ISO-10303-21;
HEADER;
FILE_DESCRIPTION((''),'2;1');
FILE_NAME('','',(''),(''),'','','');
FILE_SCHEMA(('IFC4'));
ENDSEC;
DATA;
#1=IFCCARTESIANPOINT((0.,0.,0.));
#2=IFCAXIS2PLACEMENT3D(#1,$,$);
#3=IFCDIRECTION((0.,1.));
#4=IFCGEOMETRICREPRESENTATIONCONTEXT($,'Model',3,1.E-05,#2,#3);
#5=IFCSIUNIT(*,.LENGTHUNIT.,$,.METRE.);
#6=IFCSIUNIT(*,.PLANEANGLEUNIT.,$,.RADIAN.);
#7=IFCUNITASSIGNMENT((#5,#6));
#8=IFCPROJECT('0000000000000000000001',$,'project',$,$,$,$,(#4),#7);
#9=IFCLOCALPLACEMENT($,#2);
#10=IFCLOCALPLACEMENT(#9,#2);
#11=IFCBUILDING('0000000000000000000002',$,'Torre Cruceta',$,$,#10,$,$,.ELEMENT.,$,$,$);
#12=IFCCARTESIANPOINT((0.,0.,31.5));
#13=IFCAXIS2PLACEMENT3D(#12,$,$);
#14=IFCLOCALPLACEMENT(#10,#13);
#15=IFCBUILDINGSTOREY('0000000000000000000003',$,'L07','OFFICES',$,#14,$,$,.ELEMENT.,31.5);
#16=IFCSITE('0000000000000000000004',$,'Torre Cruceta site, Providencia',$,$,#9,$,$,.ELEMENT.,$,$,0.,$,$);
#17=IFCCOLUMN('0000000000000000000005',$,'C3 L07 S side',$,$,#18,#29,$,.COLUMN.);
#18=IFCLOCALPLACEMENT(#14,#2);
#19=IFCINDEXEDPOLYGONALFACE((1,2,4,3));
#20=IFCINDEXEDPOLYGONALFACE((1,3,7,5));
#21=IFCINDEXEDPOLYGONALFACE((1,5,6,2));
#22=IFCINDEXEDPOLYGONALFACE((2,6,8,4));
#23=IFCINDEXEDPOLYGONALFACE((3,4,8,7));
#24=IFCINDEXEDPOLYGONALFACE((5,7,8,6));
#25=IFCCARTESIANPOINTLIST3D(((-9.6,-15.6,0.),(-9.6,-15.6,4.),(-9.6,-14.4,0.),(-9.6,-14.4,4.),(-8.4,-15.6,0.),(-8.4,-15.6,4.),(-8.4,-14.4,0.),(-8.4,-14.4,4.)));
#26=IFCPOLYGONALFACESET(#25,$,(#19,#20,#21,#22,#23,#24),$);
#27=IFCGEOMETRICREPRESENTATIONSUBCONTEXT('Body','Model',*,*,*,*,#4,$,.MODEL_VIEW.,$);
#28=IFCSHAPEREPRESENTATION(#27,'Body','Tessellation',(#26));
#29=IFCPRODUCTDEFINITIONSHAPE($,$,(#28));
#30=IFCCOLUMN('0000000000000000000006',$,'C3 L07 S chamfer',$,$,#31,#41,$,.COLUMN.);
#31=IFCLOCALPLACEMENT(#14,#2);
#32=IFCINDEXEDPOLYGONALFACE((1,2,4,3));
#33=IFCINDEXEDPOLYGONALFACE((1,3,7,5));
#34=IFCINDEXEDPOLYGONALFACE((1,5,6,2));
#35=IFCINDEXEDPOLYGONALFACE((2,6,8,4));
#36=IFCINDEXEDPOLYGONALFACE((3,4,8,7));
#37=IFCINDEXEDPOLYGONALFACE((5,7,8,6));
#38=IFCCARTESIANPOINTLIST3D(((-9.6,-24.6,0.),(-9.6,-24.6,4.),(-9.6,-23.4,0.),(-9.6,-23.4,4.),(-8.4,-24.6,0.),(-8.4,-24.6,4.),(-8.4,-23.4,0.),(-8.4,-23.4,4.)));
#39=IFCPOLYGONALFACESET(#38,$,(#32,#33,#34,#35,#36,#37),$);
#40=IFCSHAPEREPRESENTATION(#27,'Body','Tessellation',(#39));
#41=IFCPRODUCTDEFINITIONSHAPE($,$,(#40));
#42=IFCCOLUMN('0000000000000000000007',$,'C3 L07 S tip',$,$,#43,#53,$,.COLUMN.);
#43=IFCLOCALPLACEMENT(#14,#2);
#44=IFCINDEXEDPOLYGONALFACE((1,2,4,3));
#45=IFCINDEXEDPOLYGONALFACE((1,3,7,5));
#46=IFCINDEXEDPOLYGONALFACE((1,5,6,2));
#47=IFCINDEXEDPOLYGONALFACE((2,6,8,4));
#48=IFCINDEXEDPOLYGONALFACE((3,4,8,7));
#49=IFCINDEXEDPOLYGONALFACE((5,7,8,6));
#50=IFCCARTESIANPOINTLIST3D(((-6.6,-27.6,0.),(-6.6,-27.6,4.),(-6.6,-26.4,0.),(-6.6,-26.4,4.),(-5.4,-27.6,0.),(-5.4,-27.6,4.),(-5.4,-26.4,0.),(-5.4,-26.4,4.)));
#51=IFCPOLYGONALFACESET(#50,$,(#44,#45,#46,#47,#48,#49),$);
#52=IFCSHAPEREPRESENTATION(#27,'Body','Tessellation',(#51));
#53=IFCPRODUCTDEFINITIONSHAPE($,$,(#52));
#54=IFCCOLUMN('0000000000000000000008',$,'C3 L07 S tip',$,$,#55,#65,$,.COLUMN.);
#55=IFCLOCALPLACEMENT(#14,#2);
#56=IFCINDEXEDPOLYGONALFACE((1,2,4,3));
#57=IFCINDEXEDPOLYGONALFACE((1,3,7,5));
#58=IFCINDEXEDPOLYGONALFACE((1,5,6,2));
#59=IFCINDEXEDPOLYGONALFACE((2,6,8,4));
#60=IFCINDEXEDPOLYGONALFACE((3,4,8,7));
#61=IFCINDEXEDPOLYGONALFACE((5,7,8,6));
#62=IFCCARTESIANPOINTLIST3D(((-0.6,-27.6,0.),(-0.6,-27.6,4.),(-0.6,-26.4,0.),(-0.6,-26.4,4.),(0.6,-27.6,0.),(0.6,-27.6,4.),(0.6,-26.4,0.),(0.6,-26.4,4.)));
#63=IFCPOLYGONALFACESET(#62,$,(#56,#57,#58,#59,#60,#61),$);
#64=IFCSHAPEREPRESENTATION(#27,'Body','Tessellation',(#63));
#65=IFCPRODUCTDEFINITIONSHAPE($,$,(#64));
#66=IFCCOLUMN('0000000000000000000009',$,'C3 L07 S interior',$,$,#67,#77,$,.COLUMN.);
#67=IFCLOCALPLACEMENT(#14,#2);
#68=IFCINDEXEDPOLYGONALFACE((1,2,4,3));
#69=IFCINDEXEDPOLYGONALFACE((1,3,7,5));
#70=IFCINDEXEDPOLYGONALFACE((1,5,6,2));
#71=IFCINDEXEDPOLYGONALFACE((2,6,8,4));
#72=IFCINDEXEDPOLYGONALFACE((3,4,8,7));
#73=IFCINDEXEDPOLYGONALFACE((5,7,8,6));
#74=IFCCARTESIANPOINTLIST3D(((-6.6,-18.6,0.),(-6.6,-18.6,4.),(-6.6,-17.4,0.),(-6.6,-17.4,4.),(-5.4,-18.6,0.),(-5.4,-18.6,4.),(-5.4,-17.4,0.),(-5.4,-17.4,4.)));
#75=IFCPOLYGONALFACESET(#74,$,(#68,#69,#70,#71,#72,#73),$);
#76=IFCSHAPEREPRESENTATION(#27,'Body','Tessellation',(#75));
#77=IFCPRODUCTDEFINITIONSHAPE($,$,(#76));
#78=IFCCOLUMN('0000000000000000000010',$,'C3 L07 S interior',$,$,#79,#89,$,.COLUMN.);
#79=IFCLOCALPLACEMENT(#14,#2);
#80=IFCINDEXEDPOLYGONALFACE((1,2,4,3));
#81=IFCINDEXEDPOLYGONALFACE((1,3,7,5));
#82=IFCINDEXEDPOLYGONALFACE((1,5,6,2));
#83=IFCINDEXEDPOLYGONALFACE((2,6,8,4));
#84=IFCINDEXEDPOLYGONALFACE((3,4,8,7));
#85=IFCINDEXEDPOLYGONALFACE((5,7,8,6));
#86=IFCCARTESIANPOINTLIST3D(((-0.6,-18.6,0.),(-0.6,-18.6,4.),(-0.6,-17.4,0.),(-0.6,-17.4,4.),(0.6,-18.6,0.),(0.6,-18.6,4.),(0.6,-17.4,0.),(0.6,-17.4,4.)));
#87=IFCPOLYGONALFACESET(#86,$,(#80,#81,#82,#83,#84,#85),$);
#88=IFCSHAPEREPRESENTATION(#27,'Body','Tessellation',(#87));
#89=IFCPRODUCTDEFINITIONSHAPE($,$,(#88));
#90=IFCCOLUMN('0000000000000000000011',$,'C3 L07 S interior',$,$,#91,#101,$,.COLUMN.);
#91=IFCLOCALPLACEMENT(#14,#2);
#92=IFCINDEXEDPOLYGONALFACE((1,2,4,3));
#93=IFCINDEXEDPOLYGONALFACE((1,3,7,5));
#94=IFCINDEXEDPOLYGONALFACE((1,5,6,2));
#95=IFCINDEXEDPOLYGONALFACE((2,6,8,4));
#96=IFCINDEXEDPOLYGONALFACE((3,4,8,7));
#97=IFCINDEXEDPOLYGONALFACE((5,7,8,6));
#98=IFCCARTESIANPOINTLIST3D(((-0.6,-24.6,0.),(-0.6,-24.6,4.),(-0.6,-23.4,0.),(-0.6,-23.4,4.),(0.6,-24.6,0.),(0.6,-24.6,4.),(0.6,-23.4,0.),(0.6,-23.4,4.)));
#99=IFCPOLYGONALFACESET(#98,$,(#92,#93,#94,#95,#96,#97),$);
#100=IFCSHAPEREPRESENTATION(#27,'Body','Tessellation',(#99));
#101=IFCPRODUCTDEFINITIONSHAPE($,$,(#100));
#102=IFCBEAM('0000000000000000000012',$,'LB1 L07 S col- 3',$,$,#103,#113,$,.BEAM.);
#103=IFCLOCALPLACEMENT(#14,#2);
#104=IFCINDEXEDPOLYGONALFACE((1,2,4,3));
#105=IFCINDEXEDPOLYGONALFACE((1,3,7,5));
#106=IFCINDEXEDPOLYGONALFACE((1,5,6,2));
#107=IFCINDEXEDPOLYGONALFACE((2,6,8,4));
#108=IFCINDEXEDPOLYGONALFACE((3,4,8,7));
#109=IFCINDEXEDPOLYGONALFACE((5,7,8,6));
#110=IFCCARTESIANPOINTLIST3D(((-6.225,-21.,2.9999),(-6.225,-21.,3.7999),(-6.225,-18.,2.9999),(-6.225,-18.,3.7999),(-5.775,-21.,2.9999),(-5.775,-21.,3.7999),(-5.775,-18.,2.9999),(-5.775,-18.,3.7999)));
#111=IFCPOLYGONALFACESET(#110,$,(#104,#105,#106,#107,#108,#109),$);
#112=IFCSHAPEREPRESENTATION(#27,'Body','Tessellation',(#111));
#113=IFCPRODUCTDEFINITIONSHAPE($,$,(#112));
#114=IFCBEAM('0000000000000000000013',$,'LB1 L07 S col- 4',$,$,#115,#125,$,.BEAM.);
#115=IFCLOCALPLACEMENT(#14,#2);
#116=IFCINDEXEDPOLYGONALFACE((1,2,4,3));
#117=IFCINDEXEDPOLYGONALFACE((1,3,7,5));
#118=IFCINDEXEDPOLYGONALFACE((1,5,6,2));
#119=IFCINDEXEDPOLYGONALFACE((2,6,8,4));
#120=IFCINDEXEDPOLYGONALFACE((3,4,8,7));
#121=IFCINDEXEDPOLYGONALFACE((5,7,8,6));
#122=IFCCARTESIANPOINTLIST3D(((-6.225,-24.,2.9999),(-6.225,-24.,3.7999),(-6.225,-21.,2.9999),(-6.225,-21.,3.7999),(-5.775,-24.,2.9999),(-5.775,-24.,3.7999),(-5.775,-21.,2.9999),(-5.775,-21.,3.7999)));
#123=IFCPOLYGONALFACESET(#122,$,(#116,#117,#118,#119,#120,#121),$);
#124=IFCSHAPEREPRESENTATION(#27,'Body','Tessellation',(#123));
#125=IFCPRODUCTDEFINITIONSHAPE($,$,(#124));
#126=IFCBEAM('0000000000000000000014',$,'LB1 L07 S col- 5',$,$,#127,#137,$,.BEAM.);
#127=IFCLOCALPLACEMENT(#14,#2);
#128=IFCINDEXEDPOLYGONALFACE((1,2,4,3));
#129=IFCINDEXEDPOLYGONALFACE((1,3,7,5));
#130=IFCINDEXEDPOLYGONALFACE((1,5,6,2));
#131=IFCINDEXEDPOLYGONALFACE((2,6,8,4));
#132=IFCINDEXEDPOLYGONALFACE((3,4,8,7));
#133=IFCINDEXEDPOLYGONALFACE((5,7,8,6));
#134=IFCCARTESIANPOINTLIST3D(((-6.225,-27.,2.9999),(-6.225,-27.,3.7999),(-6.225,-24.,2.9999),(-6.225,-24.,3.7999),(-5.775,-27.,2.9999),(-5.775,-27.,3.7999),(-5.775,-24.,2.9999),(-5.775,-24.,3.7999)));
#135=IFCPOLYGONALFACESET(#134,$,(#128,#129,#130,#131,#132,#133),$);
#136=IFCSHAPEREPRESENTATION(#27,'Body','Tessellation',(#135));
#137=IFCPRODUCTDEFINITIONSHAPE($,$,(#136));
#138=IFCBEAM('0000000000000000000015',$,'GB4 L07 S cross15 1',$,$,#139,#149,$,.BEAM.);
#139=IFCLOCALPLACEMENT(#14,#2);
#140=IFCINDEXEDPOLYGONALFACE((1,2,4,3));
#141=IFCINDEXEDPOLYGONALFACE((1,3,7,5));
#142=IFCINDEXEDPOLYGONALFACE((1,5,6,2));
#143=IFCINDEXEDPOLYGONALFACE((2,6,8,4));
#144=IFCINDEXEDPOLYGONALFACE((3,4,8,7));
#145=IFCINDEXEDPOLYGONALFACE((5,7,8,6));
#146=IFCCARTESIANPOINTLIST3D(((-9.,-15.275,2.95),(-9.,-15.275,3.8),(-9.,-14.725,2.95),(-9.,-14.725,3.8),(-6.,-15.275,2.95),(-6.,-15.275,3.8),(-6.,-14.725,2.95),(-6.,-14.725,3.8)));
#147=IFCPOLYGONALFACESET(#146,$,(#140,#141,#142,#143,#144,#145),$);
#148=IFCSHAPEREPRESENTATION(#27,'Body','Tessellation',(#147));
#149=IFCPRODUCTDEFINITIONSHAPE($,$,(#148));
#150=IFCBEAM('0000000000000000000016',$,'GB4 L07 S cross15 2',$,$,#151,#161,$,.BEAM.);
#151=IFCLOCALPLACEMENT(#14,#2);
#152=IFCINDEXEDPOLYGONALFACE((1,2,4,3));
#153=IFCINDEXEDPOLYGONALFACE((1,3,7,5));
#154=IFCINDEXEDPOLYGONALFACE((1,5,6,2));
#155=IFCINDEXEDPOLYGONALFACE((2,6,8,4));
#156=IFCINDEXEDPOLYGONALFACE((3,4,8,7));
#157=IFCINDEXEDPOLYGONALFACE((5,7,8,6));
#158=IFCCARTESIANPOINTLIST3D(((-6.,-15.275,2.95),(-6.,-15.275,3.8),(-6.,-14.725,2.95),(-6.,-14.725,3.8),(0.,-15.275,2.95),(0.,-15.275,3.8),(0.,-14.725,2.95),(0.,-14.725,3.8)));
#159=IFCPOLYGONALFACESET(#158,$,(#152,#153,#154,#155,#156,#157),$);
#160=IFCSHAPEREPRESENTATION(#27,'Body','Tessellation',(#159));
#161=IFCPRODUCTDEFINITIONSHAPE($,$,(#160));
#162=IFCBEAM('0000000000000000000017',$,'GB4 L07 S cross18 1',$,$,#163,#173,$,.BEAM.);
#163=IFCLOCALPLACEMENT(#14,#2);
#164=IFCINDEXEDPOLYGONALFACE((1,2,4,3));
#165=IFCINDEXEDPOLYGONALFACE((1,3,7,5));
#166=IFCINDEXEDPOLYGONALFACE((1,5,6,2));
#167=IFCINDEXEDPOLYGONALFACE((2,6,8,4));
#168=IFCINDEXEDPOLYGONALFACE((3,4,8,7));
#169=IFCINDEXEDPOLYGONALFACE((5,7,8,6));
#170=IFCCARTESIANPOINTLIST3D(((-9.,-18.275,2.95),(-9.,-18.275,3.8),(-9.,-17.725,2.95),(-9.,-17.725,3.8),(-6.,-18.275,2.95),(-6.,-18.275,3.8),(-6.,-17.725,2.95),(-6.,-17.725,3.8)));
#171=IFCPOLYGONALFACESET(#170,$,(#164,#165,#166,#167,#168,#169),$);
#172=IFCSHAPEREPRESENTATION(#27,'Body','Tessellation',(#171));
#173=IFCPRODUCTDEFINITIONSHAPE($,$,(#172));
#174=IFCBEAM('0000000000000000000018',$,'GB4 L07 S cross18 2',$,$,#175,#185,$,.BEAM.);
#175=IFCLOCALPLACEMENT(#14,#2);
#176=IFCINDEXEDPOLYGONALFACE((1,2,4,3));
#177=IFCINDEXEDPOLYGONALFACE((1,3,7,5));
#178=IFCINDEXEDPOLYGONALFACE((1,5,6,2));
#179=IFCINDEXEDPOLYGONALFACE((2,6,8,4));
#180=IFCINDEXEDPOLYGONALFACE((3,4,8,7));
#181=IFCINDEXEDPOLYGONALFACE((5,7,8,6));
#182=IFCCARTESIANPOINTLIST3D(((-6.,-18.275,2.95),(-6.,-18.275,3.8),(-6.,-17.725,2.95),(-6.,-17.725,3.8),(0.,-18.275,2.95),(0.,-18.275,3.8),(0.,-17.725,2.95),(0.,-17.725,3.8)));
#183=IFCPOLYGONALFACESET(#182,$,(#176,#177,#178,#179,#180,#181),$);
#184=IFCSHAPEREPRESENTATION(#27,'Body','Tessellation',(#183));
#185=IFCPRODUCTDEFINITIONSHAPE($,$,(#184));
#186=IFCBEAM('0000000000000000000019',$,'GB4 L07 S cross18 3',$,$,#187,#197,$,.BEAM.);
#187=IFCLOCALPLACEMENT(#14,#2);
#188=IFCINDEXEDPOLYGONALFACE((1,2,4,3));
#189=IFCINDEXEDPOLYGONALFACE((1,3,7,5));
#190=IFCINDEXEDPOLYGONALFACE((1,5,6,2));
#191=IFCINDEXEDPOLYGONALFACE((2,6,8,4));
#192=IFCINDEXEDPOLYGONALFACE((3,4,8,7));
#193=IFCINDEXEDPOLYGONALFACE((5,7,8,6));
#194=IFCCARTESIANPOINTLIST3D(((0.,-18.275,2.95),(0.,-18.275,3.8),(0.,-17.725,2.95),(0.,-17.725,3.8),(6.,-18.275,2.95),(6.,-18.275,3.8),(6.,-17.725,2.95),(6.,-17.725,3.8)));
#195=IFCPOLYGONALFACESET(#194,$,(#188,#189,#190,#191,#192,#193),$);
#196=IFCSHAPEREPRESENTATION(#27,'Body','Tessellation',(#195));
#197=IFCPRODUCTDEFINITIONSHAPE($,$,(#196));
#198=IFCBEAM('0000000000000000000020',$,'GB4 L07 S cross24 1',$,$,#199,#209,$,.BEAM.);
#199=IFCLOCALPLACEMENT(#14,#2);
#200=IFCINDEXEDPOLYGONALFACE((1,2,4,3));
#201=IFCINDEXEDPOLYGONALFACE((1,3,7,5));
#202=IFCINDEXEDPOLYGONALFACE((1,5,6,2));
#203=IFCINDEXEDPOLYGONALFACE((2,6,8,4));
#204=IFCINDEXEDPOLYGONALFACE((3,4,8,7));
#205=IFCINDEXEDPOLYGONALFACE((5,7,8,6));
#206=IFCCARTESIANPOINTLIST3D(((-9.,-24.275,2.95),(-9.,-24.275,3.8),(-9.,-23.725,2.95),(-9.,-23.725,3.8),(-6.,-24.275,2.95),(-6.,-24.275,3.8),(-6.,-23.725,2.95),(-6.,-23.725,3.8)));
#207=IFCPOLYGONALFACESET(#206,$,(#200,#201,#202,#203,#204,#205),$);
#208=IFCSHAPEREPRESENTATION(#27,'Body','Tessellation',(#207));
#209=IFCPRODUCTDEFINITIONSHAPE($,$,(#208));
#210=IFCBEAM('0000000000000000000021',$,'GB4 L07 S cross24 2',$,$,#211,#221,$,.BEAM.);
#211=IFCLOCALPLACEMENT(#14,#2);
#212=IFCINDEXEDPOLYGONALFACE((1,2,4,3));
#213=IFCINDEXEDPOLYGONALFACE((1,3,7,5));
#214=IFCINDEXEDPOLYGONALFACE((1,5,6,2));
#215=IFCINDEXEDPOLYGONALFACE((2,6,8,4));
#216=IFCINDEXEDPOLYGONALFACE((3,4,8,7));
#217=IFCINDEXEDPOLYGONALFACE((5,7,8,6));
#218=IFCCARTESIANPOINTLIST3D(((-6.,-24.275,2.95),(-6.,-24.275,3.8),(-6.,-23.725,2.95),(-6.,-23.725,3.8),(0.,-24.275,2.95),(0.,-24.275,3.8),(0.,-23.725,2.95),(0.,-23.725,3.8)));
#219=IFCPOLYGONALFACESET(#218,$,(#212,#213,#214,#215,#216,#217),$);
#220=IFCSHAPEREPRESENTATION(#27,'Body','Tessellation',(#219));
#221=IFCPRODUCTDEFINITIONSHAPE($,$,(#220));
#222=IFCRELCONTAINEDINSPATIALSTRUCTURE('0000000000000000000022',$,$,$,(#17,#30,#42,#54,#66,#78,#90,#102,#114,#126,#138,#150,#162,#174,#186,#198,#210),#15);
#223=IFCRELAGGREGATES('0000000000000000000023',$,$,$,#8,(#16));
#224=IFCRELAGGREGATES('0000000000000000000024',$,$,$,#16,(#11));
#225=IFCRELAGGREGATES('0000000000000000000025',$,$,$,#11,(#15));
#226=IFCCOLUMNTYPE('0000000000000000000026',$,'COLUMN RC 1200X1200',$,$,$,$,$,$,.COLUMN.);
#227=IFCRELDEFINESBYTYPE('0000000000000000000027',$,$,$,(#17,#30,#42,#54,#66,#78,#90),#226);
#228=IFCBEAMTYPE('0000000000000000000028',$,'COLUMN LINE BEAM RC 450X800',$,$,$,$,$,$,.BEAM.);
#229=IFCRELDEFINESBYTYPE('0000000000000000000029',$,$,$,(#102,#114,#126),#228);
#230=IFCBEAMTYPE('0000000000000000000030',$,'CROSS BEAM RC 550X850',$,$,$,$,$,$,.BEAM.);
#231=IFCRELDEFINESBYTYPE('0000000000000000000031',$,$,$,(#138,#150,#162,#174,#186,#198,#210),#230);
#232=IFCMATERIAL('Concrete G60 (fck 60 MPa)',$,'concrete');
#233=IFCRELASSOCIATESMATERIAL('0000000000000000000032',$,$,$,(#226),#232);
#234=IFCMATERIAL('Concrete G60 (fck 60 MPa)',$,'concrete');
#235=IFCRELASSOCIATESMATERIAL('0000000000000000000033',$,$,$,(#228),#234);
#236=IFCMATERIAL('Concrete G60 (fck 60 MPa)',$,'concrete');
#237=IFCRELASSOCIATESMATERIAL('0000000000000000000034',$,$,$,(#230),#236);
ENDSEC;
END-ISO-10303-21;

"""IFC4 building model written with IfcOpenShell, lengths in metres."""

from ifc_helpers import new_model, si_unit, direction, frame, origin, origin_2d, place, context, subcontext, project, spatial, rectangle, extrude, material, material_profile, profile_set, type_object, element, save


model = new_model("IFC4")

# Units and contexts
model_context = context("Model", 3, precision=1e-05, world=origin(), true_north=direction((0.0, 1.0)))
body_context = subcontext(model_context, "Body", "Model", "MODEL_VIEW")
ifc_project = project(units=[si_unit("LENGTHUNIT", "METRE"), si_unit("PLANEANGLEUNIT", "RADIAN")], contexts=[model_context])

# Site, building, storey
site_placement = place(None, origin())
site = spatial("IfcSite", under=ifc_project, at=site_placement, Name="Torre Cruceta site, Providencia", CompositionType="ELEMENT", RefElevation=0.0)
building_placement = place(site_placement, origin())
building = spatial("IfcBuilding", under=site, at=building_placement, Name="Torre Cruceta", CompositionType="ELEMENT")
storey_placement = place(building_placement, frame((0.0, 0.0, 31.5)))
storey = spatial("IfcBuildingStorey", under=building, at=storey_placement, Name="L07", Description="OFFICES", CompositionType="ELEMENT", Elevation=31.5)

# Columns
ifc_material_1 = material(Name="Concrete G60 (fck 60 MPa)", Category="concrete")
ifc_material_profile_1 = material_profile(ifc_material_1, rectangle(XDim=1.2, YDim=1.2, at=origin_2d()), Name="RC 1200X1200")
ifc_profile_set_1 = profile_set([ifc_material_profile_1], Name="Concrete G60 (fck 60 MPa)")
column_type = type_object("IfcColumnType", Name="COLUMN RC 1200X1200", PredefinedType="COLUMN", material=ifc_profile_set_1)
for number, where, z_axis, x_axis, name in (
    (1, (-9.0, -15.0, 0.0), (0.0, 0.0, 1.0), (1.0, 0.0, 0.0), "C3 L07 S side"),
    (2, (-9.0, -24.0, 0.0), (0.0, 0.0, 1.0), (1.0, 0.0, 0.0), "C3 L07 S chamfer"),
    (3, (-6.0, -27.0, 0.0), (0.0, 0.0, 1.0), (1.0, 0.0, 0.0), "C3 L07 S tip"),
    (4, (0.0, -27.0, 0.0), (0.0, 0.0, 1.0), (1.0, 0.0, 0.0), "C3 L07 S tip"),
    (5, (-6.0, -18.0, 0.0), (0.0, 0.0, 1.0), (1.0, 0.0, 0.0), "C3 L07 S interior"),
    (6, (0.0, -18.0, 0.0), (0.0, 0.0, 1.0), (1.0, 0.0, 0.0), "C3 L07 S interior"),
    (7, (0.0, -24.0, 0.0), (0.0, 0.0, 1.0), (1.0, 0.0, 0.0), "C3 L07 S interior"),
):
    element("IfcColumn", number, at=place(storey_placement, frame(where, z_axis=z_axis, x_axis=x_axis)), inside=storey, type_object=column_type, Name=name, PredefinedType="COLUMN", context=body_context, shape_type="SweptSolid", body=[
        extrude(rectangle(XDim=1.2, YDim=1.2, at=origin_2d()), origin(), (0.0, 0.0, 1.0), 4.0),
    ])

# Beams
ifc_material_2 = material(Name="Concrete G60 (fck 60 MPa)", Category="concrete")
ifc_material_profile_2 = material_profile(ifc_material_2, rectangle(XDim=0.45, YDim=0.8, at=origin_2d()), Name="RC 450X800")
ifc_profile_set_2 = profile_set([ifc_material_profile_2], Name="Concrete G60 (fck 60 MPa)")
beam_type_1 = type_object("IfcBeamType", Name="COLUMN LINE BEAM RC 450X800", PredefinedType="BEAM", material=ifc_profile_set_2)
for number, where, z_axis, x_axis, name in (
    (8, (-6.0, -18.0, 3.3999), (0.0, -1.0, 0.0), (1.0, 0.0, 0.0), "LB1 L07 S col- 3"),
    (9, (-6.0, -21.0, 3.3999), (0.0, -1.0, 0.0), (1.0, 0.0, 0.0), "LB1 L07 S col- 4"),
    (10, (-6.0, -24.0, 3.3999), (0.0, -1.0, 0.0), (1.0, 0.0, 0.0), "LB1 L07 S col- 5"),
):
    element("IfcBeam", number, at=place(storey_placement, frame(where, z_axis=z_axis, x_axis=x_axis)), inside=storey, type_object=beam_type_1, Name=name, PredefinedType="BEAM", context=body_context, shape_type="SweptSolid", body=[
        extrude(rectangle(XDim=0.45, YDim=0.8, at=origin_2d()), origin(), (0.0, 0.0, 1.0), 3.0),
    ])
ifc_material_3 = material(Name="Concrete G60 (fck 60 MPa)", Category="concrete")
ifc_material_profile_3 = material_profile(ifc_material_3, rectangle(XDim=0.55, YDim=0.8501, at=origin_2d()), Name="RC 550X850")
ifc_profile_set_3 = profile_set([ifc_material_profile_3], Name="Concrete G60 (fck 60 MPa)")
beam_type_2 = type_object("IfcBeamType", Name="CROSS BEAM RC 550X850", PredefinedType="BEAM", material=ifc_profile_set_3)
beam_1_placement = place(storey_placement, frame((-9.0, -15.0, 3.375), z_axis=(1.0, 0.0, 0.0), x_axis=(0.0, 1.0, 0.0)))
element("IfcBeam", 11, at=beam_1_placement, inside=storey, type_object=beam_type_2, Name="GB4 L07 S cross15 1", PredefinedType="BEAM", context=body_context, shape_type="SweptSolid", body=[
    extrude(rectangle(XDim=0.55, YDim=0.8501, at=origin_2d()), origin(), (0.0, 0.0, 1.0), 3.0),
])
beam_2_placement = place(storey_placement, frame((-6.0, -15.0, 3.375), z_axis=(1.0, 0.0, 0.0), x_axis=(0.0, 1.0, 0.0)))
element("IfcBeam", 12, at=beam_2_placement, inside=storey, type_object=beam_type_2, Name="GB4 L07 S cross15 2", PredefinedType="BEAM", context=body_context, shape_type="SweptSolid", body=[
    extrude(rectangle(XDim=0.55, YDim=0.8501, at=origin_2d()), origin(), (0.0, 0.0, 1.0), 6.0),
])
beam_3_placement = place(storey_placement, frame((-9.0, -18.0, 3.375), z_axis=(1.0, 0.0, 0.0), x_axis=(0.0, 1.0, 0.0)))
element("IfcBeam", 13, at=beam_3_placement, inside=storey, type_object=beam_type_2, Name="GB4 L07 S cross18 1", PredefinedType="BEAM", context=body_context, shape_type="SweptSolid", body=[
    extrude(rectangle(XDim=0.55, YDim=0.8501, at=origin_2d()), origin(), (0.0, 0.0, 1.0), 3.0),
])
for number, where, z_axis, x_axis, name in (
    (14, (-6.0, -18.0, 3.375), (1.0, 0.0, 0.0), (0.0, 1.0, 0.0), "GB4 L07 S cross18 2"),
    (15, (0.0, -18.0, 3.375), (1.0, 0.0, 0.0), (0.0, 1.0, 0.0), "GB4 L07 S cross18 3"),
):
    element("IfcBeam", number, at=place(storey_placement, frame(where, z_axis=z_axis, x_axis=x_axis)), inside=storey, type_object=beam_type_2, Name=name, PredefinedType="BEAM", context=body_context, shape_type="SweptSolid", body=[
        extrude(rectangle(XDim=0.55, YDim=0.8501, at=origin_2d()), origin(), (0.0, 0.0, 1.0), 6.0),
    ])
beam_4_placement = place(storey_placement, frame((-9.0, -24.0, 3.375), z_axis=(1.0, 0.0, 0.0), x_axis=(0.0, 1.0, 0.0)))
element("IfcBeam", 16, at=beam_4_placement, inside=storey, type_object=beam_type_2, Name="GB4 L07 S cross24 1", PredefinedType="BEAM", context=body_context, shape_type="SweptSolid", body=[
    extrude(rectangle(XDim=0.55, YDim=0.8501, at=origin_2d()), origin(), (0.0, 0.0, 1.0), 3.0),
])
for number, where, z_axis, x_axis, name in (
    (17, (-6.0, -24.0, 3.375), (1.0, 0.0, 0.0), (0.0, 1.0, 0.0), "GB4 L07 S cross24 2"),
):
    element("IfcBeam", number, at=place(storey_placement, frame(where, z_axis=z_axis, x_axis=x_axis)), inside=storey, type_object=beam_type_2, Name=name, PredefinedType="BEAM", context=body_context, shape_type="SweptSolid", body=[
        extrude(rectangle(XDim=0.55, YDim=0.8501, at=origin_2d()), origin(), (0.0, 0.0, 1.0), 6.0),
    ])

save(model, "model.ifc")
